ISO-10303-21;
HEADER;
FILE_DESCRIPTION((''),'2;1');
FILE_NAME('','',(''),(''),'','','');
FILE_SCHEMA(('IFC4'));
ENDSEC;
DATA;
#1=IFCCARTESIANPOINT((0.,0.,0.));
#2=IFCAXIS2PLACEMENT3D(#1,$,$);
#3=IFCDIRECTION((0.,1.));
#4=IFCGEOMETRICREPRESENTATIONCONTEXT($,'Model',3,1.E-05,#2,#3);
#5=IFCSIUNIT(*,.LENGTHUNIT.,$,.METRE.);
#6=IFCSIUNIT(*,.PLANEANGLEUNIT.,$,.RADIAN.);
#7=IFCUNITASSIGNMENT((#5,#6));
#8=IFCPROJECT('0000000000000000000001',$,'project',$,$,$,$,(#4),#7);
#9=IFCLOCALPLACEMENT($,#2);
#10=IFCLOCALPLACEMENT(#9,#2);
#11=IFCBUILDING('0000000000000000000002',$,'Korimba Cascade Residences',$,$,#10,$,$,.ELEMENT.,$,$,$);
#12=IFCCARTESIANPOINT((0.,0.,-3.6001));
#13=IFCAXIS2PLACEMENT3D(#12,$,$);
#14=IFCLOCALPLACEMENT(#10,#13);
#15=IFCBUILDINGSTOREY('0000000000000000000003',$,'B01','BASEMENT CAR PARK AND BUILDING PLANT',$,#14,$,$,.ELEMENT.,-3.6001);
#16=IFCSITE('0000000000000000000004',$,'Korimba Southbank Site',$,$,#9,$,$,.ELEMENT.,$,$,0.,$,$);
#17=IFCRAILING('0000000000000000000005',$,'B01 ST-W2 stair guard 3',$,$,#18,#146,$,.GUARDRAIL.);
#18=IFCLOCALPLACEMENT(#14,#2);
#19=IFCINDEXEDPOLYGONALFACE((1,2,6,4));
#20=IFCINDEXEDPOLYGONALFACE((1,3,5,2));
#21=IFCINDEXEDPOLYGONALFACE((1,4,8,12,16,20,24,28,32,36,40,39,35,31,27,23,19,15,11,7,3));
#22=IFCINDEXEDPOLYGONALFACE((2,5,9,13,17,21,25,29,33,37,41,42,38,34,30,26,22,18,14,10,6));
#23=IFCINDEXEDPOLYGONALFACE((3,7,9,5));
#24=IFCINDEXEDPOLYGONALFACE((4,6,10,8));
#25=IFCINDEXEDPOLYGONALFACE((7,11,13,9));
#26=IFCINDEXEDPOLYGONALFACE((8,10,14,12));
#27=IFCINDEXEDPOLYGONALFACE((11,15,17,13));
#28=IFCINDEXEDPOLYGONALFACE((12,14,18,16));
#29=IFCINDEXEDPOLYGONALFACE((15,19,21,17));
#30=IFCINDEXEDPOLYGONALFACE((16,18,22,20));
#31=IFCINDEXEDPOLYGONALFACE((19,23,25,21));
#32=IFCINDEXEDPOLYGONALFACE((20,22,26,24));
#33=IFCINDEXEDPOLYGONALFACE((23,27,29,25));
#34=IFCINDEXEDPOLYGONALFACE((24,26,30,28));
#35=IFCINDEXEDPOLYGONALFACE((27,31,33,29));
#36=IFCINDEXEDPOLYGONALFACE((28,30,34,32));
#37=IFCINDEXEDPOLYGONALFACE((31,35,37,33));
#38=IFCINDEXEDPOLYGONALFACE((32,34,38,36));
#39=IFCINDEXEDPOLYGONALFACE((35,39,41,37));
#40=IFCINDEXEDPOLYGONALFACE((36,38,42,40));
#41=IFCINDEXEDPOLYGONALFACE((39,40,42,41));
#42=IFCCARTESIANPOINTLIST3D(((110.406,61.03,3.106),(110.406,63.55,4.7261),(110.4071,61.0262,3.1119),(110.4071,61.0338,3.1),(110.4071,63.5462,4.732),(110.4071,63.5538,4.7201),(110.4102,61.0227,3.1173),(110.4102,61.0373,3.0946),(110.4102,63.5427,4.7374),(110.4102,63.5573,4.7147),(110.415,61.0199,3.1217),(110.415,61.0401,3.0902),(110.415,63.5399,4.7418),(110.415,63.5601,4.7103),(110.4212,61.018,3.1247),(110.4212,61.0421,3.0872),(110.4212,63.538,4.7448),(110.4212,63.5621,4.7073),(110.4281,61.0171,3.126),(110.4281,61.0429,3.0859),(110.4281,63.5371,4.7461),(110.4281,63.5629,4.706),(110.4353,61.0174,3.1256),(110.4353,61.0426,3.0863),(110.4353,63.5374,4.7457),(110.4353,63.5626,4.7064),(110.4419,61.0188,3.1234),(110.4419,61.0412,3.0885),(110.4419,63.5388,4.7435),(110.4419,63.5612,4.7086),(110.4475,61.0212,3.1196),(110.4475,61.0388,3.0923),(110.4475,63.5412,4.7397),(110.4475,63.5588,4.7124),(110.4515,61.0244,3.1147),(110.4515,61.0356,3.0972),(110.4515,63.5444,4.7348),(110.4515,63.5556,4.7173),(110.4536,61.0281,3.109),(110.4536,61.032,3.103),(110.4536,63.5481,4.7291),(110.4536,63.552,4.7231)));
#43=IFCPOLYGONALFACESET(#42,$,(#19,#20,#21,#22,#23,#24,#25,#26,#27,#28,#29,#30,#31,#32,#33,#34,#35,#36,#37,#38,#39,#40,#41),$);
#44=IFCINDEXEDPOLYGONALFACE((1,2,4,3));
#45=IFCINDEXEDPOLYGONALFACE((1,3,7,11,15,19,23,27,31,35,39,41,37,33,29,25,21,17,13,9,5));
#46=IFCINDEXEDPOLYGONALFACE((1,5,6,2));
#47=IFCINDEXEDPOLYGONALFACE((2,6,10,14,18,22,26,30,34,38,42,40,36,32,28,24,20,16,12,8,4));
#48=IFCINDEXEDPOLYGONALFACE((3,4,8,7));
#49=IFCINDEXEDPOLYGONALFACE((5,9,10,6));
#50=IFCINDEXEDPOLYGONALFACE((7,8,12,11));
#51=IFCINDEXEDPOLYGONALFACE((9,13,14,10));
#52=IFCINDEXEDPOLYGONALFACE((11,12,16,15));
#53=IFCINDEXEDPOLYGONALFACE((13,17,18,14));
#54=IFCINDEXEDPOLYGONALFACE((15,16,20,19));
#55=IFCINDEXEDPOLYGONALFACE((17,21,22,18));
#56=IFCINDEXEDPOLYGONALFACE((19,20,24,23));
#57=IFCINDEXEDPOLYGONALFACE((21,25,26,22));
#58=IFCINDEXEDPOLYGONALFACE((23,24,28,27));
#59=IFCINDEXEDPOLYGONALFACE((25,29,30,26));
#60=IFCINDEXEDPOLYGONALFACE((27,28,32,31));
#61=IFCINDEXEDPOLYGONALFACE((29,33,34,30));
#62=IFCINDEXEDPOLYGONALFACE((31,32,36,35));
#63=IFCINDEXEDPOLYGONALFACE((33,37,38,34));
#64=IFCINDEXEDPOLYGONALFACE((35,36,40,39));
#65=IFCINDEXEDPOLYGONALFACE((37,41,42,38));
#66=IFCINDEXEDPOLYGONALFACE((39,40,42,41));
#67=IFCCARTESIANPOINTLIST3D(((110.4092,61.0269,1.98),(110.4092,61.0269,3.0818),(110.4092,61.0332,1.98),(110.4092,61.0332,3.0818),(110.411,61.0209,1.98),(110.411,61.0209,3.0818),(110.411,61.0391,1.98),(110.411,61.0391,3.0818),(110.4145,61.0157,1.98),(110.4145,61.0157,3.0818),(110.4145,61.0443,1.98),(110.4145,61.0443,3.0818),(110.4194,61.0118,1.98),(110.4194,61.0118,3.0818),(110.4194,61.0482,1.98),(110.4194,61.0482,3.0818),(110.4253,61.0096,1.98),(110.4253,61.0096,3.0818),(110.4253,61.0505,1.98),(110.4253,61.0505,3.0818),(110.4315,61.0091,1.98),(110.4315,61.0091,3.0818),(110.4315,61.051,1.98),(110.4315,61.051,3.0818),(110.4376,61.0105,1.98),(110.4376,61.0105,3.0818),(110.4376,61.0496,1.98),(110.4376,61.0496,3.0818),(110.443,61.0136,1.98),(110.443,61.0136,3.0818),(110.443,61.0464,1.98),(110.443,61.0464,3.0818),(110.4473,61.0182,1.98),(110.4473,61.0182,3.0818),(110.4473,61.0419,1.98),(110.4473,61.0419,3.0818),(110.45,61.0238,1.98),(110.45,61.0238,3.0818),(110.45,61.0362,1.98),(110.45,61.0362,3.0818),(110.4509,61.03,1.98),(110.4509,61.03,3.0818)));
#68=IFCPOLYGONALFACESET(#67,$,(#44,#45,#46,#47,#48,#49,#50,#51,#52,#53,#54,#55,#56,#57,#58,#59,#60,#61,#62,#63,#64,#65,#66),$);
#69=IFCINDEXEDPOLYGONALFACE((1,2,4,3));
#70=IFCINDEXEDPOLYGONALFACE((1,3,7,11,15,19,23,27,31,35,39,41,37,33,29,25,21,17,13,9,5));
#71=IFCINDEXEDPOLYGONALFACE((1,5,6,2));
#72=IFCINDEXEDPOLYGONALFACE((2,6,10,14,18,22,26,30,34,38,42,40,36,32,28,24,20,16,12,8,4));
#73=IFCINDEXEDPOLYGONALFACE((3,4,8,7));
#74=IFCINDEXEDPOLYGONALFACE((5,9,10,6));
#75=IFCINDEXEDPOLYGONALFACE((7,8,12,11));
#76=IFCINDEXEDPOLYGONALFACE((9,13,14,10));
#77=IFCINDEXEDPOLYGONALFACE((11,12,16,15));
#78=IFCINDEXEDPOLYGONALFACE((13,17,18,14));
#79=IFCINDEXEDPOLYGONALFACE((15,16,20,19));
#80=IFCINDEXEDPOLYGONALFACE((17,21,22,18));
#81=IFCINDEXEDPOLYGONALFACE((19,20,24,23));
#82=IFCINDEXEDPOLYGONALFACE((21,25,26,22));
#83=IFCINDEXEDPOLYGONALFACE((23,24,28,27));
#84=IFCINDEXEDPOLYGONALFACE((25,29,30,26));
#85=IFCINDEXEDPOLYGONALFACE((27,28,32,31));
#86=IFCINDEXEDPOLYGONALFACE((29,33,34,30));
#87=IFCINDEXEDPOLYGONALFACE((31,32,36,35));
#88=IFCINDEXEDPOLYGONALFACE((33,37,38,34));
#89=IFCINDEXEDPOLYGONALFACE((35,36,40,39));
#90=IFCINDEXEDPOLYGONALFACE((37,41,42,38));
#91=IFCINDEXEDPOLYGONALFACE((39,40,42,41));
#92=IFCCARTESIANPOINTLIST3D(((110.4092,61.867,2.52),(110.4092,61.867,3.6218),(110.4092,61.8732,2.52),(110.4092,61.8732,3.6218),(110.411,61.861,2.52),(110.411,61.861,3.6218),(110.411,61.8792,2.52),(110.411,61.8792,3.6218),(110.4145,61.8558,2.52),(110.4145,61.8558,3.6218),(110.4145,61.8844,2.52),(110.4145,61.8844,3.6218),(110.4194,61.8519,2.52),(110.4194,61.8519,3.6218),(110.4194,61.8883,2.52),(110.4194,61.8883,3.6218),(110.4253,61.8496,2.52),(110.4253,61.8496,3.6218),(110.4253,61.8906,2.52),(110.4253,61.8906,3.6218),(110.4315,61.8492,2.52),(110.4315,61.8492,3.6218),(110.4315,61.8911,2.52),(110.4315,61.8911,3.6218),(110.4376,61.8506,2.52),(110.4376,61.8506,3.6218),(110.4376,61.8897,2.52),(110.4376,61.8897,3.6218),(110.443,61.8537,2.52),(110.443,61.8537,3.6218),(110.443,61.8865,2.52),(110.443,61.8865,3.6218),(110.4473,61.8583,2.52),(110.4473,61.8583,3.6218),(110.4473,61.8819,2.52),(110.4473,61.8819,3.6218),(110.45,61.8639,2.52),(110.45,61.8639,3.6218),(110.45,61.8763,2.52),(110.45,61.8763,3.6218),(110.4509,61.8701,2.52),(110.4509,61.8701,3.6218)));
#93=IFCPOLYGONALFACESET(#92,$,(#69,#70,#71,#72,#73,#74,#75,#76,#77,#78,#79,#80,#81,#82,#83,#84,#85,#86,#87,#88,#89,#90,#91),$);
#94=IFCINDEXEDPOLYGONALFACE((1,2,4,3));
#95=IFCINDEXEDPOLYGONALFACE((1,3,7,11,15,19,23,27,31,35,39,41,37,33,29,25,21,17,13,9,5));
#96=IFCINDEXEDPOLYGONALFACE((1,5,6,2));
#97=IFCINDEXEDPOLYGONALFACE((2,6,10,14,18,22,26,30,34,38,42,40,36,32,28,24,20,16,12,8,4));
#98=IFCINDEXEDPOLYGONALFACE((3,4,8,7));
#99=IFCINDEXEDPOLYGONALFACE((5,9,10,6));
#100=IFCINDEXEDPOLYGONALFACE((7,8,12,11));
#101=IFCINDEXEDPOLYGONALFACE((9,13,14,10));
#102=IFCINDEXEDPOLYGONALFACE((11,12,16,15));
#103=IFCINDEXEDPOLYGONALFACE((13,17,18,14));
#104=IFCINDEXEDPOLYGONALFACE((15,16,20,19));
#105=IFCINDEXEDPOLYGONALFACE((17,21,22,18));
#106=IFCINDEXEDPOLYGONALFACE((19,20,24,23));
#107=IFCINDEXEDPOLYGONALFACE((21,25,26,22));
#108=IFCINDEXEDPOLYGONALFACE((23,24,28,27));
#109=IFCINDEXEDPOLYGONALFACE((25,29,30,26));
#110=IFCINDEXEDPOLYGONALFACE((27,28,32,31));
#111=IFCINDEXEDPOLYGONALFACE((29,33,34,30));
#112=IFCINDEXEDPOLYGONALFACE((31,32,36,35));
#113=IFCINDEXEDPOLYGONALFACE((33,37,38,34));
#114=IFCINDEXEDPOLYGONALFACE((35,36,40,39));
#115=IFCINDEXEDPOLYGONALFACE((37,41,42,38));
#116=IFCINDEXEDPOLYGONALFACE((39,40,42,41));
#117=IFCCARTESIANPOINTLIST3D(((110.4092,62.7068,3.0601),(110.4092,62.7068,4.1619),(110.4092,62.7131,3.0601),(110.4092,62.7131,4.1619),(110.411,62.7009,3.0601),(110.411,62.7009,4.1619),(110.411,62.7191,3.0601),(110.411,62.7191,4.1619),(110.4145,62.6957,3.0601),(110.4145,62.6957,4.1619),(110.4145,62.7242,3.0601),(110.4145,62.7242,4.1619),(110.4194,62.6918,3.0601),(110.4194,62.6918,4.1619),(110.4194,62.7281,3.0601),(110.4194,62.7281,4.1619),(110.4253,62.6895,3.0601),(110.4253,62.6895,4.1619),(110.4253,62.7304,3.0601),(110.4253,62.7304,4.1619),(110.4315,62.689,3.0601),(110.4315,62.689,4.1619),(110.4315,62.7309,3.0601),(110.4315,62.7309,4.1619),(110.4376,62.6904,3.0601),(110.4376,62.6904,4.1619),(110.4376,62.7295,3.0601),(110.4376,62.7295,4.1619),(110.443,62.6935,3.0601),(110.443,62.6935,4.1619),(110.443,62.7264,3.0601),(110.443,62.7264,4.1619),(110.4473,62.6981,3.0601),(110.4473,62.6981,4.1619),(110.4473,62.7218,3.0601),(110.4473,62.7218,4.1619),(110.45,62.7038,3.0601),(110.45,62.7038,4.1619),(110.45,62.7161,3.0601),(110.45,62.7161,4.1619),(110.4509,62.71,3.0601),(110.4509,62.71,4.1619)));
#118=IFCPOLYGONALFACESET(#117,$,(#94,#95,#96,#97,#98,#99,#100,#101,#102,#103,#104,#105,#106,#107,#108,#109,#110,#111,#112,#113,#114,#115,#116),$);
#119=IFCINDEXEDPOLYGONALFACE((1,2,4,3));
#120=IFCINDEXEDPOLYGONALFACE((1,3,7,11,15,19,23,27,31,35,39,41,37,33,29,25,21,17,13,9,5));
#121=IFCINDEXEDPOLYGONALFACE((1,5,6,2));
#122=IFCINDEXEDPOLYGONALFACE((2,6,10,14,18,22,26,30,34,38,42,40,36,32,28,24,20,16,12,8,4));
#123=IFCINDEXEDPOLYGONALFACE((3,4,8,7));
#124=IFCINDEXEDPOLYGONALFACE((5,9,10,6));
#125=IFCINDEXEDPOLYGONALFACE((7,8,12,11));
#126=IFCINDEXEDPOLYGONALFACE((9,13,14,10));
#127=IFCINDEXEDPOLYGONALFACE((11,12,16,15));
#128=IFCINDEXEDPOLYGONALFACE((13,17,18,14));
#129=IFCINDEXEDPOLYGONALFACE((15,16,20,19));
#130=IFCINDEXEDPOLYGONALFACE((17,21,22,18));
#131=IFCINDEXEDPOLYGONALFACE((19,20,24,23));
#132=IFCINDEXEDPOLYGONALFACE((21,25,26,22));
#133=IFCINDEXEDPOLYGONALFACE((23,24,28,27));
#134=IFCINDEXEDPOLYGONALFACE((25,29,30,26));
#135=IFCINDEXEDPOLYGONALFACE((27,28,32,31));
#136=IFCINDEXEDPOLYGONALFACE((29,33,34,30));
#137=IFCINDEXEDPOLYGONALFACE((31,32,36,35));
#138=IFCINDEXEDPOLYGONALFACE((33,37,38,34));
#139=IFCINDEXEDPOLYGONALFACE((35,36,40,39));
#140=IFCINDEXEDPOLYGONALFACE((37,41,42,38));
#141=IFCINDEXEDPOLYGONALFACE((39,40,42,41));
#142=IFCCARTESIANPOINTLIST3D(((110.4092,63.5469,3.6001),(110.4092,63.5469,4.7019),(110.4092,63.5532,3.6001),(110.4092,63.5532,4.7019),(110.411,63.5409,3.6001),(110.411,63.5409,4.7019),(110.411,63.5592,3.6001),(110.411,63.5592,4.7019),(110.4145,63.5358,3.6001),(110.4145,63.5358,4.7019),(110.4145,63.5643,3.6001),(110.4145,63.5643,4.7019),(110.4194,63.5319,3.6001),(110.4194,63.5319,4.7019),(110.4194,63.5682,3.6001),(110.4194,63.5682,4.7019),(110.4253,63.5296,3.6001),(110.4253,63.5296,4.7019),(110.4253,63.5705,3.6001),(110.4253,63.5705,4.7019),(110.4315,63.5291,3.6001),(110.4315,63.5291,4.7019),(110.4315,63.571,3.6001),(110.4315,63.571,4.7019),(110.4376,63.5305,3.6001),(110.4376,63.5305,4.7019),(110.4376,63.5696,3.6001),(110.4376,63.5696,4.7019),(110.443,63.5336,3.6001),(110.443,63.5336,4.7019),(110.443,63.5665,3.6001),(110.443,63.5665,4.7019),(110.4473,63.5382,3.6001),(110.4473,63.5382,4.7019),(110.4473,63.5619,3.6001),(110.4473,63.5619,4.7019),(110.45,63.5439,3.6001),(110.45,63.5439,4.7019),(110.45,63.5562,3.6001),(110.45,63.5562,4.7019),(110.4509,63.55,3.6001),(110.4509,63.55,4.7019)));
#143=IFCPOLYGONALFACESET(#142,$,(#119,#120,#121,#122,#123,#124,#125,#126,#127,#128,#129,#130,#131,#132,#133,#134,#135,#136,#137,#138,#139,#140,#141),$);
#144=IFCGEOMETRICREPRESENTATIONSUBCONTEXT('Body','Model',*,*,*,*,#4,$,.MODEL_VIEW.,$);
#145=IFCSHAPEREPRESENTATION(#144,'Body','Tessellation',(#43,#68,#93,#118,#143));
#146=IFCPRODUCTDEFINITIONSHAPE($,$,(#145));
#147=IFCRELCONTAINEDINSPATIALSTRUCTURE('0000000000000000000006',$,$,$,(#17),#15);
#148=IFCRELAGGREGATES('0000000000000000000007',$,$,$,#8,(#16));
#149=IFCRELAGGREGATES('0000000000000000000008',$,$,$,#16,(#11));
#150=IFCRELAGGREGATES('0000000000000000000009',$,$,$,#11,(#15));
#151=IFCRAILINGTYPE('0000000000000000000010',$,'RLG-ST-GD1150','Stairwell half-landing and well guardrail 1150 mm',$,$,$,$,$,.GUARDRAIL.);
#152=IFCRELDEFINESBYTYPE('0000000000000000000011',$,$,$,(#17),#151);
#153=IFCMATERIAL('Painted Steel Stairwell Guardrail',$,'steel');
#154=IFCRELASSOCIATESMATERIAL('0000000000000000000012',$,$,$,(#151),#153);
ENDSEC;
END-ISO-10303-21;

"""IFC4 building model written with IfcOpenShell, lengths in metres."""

from ifc_helpers import new_model, si_unit, direction, frame, origin, origin_2d, place, context, subcontext, project, spatial, circle, extrude, material, type_object, element, save


model = new_model("IFC4")

# Units and contexts
model_context = context("Model", 3, precision=1e-05, world=origin(), true_north=direction((0.0, 1.0)))
body_context = subcontext(model_context, "Body", "Model", "MODEL_VIEW")
ifc_project = project(units=[si_unit("LENGTHUNIT", "METRE"), si_unit("PLANEANGLEUNIT", "RADIAN")], contexts=[model_context])

# Site, building, storey
site_placement = place(None, origin())
site = spatial("IfcSite", under=ifc_project, at=site_placement, Name="Korimba Southbank Site", CompositionType="ELEMENT", RefElevation=0.0)
building_placement = place(site_placement, origin())
building = spatial("IfcBuilding", under=site, at=building_placement, Name="Korimba Cascade Residences", CompositionType="ELEMENT")
storey_placement = place(building_placement, frame((0.0, 0.0, -3.6001)))
storey = spatial("IfcBuildingStorey", under=building, at=storey_placement, Name="B01", Description="BASEMENT CAR PARK AND BUILDING PLANT", CompositionType="ELEMENT", Elevation=-3.6001)

# Railing
ifc_material_1 = material(Name="Painted Steel Stairwell Guardrail", Category="steel")
railing_type_1 = type_object("IfcRailingType", Name="RLG-ST-GD1150", Description="Stairwell half-landing and well guardrail 1150 mm", PredefinedType="GUARDRAIL", material=ifc_material_1)
railing_1_placement = place(storey_placement, frame((110.4299, 61.03, 1.98)))
element("IfcRailing", 1, at=railing_1_placement, inside=storey, type_object=railing_type_1, Name="B01 ST-W2 stair guard 3", PredefinedType="GUARDRAIL", context=body_context, shape_type="SweptSolid", body=[
    extrude(circle(Radius=0.0239, at=origin_2d()), frame((0.0, 0.0, 1.126), z_axis=(0.0, 0.841163, 0.540782), x_axis=(-1.0, 0.0, 0.0)), (0.0, 0.0, 1.0), 2.9958),
    extrude(circle(Radius=0.021, at=origin_2d()), origin(), (0.0, 0.0, 1.0), 1.1018),
    extrude(circle(Radius=0.021, at=origin_2d()), frame((0.0, 0.8401, 0.54)), (0.0, 0.0, 1.0), 1.1018),
    extrude(circle(Radius=0.021, at=origin_2d()), frame((0.0, 1.6799, 1.0801)), (0.0, 0.0, 1.0), 1.1018),
    extrude(circle(Radius=0.021, at=origin_2d()), frame((0.0, 2.52, 1.6201)), (0.0, 0.0, 1.0), 1.1018),
])

save(model, "model.ifc")
